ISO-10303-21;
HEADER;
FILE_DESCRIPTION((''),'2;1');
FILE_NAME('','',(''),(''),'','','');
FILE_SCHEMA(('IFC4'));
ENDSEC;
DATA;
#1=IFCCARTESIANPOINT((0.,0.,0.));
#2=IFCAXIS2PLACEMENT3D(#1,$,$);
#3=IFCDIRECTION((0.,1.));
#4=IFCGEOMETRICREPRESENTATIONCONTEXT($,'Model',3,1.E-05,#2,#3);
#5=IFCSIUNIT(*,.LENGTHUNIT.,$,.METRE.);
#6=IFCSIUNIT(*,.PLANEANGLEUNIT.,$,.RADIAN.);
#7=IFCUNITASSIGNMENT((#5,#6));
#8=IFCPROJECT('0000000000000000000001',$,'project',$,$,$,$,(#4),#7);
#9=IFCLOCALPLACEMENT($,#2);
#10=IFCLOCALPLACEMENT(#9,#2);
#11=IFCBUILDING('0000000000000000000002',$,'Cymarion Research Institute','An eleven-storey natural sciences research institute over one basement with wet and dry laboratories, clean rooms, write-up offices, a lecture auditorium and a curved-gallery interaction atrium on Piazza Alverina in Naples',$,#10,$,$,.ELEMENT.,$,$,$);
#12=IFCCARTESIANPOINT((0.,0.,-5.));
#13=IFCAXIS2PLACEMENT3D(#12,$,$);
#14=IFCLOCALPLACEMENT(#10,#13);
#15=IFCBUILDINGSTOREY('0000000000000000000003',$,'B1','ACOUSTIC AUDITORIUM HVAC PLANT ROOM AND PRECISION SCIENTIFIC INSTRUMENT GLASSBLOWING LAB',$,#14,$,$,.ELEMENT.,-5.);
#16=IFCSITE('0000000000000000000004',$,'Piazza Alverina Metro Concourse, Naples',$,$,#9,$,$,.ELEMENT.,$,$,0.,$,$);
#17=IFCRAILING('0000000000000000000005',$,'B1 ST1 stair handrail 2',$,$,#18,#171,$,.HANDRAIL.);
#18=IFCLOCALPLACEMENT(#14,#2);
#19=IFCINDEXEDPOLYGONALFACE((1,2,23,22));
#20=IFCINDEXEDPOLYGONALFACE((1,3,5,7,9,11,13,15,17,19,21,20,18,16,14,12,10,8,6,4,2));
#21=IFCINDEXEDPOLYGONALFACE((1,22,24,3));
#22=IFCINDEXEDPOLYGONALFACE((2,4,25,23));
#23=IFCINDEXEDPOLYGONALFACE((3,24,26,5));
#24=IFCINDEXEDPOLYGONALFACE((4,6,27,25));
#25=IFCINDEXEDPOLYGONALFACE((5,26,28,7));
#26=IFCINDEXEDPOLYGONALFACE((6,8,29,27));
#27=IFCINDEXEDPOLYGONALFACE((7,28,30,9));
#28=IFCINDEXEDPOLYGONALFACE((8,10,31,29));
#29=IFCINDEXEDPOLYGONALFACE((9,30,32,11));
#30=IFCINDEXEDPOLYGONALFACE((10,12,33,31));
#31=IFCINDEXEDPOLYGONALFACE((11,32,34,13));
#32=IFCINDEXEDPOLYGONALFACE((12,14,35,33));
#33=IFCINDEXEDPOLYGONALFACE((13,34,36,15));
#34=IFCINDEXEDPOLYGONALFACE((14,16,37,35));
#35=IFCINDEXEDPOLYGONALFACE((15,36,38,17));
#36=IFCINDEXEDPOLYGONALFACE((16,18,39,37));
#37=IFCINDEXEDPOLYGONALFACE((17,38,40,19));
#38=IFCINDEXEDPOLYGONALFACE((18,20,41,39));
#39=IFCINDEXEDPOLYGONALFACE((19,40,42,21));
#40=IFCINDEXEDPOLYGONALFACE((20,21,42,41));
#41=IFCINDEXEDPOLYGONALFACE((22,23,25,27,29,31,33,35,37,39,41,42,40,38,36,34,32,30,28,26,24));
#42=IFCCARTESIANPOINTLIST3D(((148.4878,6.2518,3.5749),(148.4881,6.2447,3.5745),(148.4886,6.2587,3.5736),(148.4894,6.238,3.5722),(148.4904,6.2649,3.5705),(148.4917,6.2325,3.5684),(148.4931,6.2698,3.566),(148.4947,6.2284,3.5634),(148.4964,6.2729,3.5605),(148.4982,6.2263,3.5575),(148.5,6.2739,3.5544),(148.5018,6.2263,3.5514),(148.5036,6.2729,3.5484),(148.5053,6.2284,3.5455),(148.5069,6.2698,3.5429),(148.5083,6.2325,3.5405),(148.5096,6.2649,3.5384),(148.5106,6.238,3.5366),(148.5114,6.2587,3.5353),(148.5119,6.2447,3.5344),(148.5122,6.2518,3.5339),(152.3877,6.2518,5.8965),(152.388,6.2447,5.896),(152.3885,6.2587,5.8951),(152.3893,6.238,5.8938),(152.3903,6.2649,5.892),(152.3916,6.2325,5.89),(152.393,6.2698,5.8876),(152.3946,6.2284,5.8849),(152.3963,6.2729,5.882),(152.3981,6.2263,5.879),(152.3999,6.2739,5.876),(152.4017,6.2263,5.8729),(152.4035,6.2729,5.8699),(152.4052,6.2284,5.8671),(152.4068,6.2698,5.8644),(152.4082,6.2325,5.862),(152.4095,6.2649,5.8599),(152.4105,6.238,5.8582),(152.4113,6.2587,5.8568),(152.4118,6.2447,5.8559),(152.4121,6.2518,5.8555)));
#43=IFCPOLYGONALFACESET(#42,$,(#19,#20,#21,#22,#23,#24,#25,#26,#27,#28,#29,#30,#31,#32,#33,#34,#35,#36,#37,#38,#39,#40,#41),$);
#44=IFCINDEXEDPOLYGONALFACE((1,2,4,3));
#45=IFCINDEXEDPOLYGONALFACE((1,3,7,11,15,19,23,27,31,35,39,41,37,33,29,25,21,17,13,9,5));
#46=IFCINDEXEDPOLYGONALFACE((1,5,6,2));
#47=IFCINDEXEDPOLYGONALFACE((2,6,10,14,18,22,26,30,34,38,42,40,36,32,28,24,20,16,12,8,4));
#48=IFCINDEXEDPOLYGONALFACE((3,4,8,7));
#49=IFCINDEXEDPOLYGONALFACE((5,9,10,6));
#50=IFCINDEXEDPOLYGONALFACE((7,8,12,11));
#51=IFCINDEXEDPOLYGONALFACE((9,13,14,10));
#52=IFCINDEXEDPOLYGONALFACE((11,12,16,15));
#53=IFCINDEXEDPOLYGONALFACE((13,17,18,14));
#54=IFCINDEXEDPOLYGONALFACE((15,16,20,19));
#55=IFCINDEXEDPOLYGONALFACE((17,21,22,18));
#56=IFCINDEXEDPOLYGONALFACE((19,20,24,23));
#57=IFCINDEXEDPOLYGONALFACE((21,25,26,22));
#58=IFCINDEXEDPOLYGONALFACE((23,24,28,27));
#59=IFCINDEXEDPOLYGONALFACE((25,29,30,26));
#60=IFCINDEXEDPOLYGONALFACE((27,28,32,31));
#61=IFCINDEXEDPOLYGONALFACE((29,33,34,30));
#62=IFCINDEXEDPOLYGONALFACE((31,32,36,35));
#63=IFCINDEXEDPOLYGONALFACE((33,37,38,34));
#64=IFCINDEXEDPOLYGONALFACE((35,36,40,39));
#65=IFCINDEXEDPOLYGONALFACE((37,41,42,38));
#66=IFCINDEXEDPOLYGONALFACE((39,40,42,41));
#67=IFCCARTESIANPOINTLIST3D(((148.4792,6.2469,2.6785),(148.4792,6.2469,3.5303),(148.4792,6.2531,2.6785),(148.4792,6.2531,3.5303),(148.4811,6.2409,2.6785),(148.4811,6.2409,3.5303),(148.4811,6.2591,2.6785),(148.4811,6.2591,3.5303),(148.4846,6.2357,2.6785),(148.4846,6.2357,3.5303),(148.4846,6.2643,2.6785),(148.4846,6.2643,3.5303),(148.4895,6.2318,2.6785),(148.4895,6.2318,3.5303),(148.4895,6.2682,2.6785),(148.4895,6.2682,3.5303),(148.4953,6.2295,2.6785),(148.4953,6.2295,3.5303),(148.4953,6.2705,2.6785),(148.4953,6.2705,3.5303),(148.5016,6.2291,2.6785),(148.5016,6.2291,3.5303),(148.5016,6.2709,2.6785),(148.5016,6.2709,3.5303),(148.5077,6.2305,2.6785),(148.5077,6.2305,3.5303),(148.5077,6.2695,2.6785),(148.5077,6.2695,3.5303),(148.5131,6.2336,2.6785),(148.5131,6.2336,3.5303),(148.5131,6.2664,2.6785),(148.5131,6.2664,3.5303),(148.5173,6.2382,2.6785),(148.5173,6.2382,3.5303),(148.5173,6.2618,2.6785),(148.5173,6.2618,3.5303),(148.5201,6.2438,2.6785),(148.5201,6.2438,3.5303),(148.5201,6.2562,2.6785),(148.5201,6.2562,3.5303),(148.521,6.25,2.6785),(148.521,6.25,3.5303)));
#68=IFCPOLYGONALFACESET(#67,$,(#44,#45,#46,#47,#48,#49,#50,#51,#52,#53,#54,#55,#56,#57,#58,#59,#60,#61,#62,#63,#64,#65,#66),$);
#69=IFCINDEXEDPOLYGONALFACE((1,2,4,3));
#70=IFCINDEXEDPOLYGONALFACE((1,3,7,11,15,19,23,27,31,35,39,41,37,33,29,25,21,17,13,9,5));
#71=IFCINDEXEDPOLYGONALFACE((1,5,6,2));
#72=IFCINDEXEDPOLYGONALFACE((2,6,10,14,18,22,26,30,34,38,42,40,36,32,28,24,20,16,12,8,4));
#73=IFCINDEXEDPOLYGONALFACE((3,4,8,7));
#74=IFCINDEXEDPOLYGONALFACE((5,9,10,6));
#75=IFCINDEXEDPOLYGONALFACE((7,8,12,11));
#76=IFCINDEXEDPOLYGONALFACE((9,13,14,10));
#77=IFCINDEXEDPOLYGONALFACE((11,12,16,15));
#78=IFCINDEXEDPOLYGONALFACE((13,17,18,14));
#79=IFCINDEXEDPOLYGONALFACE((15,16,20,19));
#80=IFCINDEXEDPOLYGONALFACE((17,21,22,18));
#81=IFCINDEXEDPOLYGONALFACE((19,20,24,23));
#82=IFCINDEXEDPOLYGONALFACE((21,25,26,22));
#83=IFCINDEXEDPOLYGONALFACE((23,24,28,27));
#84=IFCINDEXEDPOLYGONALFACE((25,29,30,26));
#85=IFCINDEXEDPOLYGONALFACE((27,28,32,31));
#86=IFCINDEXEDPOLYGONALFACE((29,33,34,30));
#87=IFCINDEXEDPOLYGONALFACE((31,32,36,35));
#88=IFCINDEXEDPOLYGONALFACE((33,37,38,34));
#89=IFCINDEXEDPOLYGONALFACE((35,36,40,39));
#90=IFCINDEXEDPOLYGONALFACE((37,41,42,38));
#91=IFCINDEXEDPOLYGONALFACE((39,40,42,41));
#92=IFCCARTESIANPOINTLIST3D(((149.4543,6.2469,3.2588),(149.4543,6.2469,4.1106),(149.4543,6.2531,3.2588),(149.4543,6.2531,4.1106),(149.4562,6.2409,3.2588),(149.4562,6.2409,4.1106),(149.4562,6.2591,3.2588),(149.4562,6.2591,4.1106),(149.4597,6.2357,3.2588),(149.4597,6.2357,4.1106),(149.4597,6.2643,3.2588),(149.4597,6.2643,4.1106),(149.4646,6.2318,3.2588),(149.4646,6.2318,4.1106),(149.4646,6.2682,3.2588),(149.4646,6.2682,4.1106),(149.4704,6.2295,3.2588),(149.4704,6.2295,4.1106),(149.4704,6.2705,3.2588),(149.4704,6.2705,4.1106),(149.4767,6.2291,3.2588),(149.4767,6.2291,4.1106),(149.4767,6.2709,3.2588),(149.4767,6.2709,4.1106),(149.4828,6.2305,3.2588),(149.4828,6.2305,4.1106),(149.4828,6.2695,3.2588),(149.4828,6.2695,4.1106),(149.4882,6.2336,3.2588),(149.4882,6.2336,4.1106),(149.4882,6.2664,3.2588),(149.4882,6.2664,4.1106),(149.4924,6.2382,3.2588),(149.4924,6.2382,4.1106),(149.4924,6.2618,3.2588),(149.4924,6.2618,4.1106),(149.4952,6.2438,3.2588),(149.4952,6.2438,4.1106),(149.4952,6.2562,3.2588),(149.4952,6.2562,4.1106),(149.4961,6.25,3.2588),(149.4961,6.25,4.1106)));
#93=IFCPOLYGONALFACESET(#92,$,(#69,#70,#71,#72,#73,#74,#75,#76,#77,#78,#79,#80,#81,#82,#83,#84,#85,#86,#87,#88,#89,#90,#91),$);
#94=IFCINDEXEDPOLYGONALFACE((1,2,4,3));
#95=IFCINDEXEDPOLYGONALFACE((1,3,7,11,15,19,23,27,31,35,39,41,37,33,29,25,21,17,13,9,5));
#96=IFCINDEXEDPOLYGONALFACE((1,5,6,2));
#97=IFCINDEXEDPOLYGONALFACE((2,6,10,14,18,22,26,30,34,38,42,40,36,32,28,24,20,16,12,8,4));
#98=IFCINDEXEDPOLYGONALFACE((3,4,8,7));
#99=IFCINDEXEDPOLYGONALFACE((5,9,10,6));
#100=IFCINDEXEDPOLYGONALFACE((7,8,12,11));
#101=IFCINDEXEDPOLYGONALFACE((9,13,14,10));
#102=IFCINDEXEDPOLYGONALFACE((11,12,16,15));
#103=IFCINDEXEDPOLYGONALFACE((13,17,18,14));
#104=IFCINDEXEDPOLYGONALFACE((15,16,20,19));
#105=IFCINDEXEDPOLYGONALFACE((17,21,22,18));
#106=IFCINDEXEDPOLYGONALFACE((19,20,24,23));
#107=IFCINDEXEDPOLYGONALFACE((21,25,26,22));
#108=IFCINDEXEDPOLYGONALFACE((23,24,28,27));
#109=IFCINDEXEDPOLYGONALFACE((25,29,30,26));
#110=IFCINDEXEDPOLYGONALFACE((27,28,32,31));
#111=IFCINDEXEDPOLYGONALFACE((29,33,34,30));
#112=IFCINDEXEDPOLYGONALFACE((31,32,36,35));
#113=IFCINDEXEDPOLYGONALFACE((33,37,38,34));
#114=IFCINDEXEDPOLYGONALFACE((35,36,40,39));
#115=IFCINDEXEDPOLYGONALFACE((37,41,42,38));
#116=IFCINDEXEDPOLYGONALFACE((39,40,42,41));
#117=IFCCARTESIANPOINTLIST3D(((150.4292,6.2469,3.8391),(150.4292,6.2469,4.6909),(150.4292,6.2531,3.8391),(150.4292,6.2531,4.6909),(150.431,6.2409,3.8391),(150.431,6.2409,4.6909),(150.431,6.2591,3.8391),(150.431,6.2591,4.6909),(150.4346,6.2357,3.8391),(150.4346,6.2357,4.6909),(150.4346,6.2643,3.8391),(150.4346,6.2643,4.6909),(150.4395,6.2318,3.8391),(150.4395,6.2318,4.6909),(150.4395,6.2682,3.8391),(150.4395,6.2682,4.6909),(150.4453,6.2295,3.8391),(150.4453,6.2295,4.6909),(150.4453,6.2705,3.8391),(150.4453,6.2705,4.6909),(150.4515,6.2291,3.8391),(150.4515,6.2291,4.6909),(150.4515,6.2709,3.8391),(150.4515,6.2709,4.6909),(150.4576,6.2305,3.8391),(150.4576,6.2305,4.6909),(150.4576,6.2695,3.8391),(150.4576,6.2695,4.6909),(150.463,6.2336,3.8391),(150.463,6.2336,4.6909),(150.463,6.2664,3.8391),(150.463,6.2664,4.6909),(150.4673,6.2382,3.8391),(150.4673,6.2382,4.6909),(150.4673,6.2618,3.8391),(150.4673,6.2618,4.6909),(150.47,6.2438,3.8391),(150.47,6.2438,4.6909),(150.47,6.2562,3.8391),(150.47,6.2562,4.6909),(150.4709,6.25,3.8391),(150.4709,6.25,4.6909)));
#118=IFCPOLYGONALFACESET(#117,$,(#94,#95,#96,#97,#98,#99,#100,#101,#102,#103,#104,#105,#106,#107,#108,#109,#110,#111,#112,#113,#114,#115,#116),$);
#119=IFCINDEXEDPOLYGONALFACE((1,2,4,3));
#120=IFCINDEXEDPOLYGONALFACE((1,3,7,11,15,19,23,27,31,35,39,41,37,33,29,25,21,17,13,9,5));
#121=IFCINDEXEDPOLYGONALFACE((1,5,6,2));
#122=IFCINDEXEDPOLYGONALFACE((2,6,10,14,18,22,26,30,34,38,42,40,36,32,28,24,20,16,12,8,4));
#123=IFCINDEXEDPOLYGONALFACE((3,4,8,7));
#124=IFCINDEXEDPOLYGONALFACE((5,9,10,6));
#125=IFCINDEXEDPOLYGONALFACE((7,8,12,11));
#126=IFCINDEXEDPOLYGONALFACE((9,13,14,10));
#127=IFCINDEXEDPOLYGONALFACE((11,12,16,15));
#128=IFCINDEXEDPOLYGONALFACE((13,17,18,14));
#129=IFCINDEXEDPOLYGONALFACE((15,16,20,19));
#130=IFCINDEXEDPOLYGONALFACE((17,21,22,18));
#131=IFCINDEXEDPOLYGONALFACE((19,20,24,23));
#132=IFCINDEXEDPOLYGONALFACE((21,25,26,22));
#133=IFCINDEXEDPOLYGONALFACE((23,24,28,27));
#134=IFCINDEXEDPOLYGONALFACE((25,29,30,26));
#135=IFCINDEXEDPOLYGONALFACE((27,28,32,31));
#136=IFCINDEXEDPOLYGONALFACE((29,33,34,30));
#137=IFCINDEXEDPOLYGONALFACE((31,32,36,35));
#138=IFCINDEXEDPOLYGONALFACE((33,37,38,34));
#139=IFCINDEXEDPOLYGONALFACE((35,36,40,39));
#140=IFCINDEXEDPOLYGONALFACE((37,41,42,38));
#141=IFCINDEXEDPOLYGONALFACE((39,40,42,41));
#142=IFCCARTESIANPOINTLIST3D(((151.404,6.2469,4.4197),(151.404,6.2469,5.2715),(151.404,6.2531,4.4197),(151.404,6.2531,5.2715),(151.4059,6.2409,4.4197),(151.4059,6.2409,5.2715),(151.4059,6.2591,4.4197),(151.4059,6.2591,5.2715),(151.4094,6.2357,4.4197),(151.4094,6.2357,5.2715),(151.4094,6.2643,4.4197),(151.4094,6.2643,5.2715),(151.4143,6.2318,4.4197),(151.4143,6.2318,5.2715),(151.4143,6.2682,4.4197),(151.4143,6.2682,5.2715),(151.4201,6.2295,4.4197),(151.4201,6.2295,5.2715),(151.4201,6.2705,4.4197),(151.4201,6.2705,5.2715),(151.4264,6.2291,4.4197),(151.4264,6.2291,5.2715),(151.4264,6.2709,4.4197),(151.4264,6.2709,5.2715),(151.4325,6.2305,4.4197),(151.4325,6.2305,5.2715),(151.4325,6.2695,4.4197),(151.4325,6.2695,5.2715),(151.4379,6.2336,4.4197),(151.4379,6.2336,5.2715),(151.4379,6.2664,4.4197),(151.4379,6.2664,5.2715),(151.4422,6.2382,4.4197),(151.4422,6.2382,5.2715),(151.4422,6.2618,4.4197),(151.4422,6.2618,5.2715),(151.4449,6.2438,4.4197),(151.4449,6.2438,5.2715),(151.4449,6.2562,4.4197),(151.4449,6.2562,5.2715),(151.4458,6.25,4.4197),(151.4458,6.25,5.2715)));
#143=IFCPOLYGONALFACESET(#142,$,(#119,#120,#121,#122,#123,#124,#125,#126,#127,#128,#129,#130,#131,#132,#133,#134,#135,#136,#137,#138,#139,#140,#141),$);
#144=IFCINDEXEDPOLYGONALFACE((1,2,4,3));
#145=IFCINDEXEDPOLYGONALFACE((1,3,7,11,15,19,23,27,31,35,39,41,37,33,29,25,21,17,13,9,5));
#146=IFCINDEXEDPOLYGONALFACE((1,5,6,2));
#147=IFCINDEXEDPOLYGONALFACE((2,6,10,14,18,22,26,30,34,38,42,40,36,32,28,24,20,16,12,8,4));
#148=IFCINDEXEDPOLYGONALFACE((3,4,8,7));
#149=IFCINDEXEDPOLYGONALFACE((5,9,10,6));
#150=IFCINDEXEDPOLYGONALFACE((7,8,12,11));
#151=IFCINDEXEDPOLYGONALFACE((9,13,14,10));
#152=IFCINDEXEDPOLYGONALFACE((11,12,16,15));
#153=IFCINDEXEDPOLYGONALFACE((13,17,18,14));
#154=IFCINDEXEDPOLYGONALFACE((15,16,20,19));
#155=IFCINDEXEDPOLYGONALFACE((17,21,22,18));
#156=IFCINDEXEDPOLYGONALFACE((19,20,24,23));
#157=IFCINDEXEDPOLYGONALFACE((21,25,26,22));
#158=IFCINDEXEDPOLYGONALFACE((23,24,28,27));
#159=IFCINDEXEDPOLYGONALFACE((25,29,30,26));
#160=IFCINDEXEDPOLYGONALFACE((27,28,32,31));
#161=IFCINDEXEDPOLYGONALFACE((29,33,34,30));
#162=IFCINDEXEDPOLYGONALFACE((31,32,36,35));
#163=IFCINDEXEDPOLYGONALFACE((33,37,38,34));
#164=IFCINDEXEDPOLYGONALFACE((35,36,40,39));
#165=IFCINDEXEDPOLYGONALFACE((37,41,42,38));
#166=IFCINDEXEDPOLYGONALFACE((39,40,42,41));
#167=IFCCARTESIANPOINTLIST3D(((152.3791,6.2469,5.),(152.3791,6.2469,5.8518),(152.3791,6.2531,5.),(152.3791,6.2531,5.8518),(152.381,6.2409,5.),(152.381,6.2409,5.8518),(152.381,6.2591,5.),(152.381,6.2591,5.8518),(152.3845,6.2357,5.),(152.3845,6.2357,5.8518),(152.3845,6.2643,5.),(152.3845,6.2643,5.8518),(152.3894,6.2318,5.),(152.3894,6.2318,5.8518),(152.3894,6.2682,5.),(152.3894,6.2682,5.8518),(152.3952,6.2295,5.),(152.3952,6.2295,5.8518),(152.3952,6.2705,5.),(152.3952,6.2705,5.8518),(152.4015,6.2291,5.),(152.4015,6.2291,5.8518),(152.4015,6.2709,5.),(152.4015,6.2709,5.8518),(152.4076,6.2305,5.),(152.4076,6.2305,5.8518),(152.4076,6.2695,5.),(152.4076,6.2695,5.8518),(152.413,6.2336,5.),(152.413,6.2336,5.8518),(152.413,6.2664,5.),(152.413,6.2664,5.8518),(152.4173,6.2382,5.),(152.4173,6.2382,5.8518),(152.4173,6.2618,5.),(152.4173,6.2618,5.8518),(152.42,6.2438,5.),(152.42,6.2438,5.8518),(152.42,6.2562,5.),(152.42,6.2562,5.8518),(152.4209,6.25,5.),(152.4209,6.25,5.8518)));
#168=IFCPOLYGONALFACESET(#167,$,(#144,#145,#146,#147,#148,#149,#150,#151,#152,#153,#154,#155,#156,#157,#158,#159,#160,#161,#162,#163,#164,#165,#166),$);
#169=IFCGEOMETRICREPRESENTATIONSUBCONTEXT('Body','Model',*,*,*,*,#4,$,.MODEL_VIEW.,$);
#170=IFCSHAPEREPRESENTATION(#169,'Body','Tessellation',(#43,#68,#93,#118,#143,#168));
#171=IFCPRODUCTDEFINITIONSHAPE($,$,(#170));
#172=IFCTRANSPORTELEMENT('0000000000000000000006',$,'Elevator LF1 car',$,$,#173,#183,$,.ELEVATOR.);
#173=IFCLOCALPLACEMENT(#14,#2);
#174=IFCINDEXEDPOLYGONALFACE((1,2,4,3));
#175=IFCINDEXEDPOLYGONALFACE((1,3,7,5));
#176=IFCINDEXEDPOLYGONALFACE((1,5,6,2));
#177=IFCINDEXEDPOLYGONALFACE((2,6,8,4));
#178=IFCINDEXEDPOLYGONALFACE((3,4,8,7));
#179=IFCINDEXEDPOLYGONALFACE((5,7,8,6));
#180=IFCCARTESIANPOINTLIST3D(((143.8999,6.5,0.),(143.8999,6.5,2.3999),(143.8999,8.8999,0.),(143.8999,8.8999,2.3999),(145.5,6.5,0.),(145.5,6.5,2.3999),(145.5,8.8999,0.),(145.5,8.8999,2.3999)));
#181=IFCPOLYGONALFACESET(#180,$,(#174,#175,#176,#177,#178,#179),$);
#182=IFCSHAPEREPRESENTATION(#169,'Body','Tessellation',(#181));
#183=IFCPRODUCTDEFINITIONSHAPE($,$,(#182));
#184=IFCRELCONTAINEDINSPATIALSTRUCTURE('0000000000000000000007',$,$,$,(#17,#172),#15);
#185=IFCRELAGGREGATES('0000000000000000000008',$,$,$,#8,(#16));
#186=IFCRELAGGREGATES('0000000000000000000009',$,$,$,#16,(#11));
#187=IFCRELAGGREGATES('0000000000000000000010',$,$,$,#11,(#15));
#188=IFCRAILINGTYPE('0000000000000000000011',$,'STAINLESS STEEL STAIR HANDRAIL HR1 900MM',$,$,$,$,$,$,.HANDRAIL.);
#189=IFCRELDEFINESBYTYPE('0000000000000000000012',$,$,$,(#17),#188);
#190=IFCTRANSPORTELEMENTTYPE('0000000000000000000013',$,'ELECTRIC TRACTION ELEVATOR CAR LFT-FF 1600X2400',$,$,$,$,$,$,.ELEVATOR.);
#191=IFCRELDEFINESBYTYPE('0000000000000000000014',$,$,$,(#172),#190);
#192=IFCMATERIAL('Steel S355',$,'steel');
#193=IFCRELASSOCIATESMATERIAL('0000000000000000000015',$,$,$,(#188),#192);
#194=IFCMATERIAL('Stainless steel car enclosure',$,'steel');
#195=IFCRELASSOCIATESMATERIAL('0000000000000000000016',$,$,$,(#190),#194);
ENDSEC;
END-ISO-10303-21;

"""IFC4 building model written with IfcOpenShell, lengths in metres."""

from ifc_helpers import new_model, si_unit, direction, frame, origin, origin_2d, place, context, subcontext, project, spatial, rectangle, circle, extrude, material, type_object, element, save


model = new_model("IFC4")

# Units and contexts
model_context = context("Model", 3, precision=1e-05, world=origin(), true_north=direction((0.0, 1.0)))
body_context = subcontext(model_context, "Body", "Model", "MODEL_VIEW")
ifc_project = project(units=[si_unit("LENGTHUNIT", "METRE"), si_unit("PLANEANGLEUNIT", "RADIAN")], contexts=[model_context])

# Site, building, storey
site_placement = place(None, origin())
site = spatial("IfcSite", under=ifc_project, at=site_placement, Name="Piazza Alverina Metro Concourse, Naples", CompositionType="ELEMENT", RefElevation=0.0)
building_placement = place(site_placement, origin())
building = spatial("IfcBuilding", under=site, at=building_placement, Name="Cymarion Research Institute", Description="An eleven-storey natural sciences research institute over one basement with wet and dry laboratories, clean rooms, write-up offices, a lecture auditorium and a curved-gallery interaction atrium on Piazza Alverina in Naples", CompositionType="ELEMENT")
storey_placement = place(building_placement, frame((0.0, 0.0, -5.0)))
storey = spatial("IfcBuildingStorey", under=building, at=storey_placement, Name="B1", Description="ACOUSTIC AUDITORIUM HVAC PLANT ROOM AND PRECISION SCIENTIFIC INSTRUMENT GLASSBLOWING LAB", CompositionType="ELEMENT", Elevation=-5.0)

# Shared definitions
ifc_material_1 = material(Name="Steel S355", Category="steel")

# Railing
railing_type_1 = type_object("IfcRailingType", Name="STAINLESS STEEL STAIR HANDRAIL HR1 900MM", PredefinedType="HANDRAIL", material=ifc_material_1)
railing_1_placement = place(storey_placement, frame((148.5, 6.25, 2.6785)))
element("IfcRailing", 1, at=railing_1_placement, inside=storey, type_object=railing_type_1, Name="B1 ST1 stair handrail 2", PredefinedType="HANDRAIL", context=body_context, shape_type="SweptSolid", body=[
    extrude(circle(Radius=0.0239, at=origin_2d()), frame((0.0, 0.0, 0.876), z_axis=(0.859277, 0.0, 0.51151), x_axis=(0.0, 1.0, 0.0)), (0.0, 0.0, 1.0), 4.5386),
    extrude(circle(Radius=0.021, at=origin_2d()), origin(), (0.0, 0.0, 1.0), 0.8518),
    extrude(circle(Radius=0.021, at=origin_2d()), frame((0.9751, 0.0, 0.5803)), (0.0, 0.0, 1.0), 0.8518),
    extrude(circle(Radius=0.021, at=origin_2d()), frame((1.95, 0.0, 1.1606)), (0.0, 0.0, 1.0), 0.8518),
    extrude(circle(Radius=0.021, at=origin_2d()), frame((2.9248, 0.0, 1.7412)), (0.0, 0.0, 1.0), 0.8518),
    extrude(circle(Radius=0.021, at=origin_2d()), frame((3.8999, 0.0, 2.3215)), (0.0, 0.0, 1.0), 0.8518),
])

# Transport element
ifc_material_2 = material(Name="Stainless steel car enclosure", Category="steel")
transport_element_type = type_object("IfcTransportElementType", Name="ELECTRIC TRACTION ELEVATOR CAR LFT-FF 1600X2400", PredefinedType="ELEVATOR", material=ifc_material_2)
transport_element_placement = place(storey_placement, frame((144.7, 7.7, 0.0), z_axis=(0.0, 0.0, 1.0), x_axis=(1.0, 0.0, 0.0)))
element("IfcTransportElement", 2, at=transport_element_placement, inside=storey, type_object=transport_element_type, Name="Elevator LF1 car", PredefinedType="ELEVATOR", context=body_context, shape_type="SweptSolid", body=[
    extrude(rectangle(XDim=1.6001, YDim=2.3999, at=origin_2d()), origin(), (0.0, 0.0, 1.0), 2.3999),
])

save(model, "model.ifc")
